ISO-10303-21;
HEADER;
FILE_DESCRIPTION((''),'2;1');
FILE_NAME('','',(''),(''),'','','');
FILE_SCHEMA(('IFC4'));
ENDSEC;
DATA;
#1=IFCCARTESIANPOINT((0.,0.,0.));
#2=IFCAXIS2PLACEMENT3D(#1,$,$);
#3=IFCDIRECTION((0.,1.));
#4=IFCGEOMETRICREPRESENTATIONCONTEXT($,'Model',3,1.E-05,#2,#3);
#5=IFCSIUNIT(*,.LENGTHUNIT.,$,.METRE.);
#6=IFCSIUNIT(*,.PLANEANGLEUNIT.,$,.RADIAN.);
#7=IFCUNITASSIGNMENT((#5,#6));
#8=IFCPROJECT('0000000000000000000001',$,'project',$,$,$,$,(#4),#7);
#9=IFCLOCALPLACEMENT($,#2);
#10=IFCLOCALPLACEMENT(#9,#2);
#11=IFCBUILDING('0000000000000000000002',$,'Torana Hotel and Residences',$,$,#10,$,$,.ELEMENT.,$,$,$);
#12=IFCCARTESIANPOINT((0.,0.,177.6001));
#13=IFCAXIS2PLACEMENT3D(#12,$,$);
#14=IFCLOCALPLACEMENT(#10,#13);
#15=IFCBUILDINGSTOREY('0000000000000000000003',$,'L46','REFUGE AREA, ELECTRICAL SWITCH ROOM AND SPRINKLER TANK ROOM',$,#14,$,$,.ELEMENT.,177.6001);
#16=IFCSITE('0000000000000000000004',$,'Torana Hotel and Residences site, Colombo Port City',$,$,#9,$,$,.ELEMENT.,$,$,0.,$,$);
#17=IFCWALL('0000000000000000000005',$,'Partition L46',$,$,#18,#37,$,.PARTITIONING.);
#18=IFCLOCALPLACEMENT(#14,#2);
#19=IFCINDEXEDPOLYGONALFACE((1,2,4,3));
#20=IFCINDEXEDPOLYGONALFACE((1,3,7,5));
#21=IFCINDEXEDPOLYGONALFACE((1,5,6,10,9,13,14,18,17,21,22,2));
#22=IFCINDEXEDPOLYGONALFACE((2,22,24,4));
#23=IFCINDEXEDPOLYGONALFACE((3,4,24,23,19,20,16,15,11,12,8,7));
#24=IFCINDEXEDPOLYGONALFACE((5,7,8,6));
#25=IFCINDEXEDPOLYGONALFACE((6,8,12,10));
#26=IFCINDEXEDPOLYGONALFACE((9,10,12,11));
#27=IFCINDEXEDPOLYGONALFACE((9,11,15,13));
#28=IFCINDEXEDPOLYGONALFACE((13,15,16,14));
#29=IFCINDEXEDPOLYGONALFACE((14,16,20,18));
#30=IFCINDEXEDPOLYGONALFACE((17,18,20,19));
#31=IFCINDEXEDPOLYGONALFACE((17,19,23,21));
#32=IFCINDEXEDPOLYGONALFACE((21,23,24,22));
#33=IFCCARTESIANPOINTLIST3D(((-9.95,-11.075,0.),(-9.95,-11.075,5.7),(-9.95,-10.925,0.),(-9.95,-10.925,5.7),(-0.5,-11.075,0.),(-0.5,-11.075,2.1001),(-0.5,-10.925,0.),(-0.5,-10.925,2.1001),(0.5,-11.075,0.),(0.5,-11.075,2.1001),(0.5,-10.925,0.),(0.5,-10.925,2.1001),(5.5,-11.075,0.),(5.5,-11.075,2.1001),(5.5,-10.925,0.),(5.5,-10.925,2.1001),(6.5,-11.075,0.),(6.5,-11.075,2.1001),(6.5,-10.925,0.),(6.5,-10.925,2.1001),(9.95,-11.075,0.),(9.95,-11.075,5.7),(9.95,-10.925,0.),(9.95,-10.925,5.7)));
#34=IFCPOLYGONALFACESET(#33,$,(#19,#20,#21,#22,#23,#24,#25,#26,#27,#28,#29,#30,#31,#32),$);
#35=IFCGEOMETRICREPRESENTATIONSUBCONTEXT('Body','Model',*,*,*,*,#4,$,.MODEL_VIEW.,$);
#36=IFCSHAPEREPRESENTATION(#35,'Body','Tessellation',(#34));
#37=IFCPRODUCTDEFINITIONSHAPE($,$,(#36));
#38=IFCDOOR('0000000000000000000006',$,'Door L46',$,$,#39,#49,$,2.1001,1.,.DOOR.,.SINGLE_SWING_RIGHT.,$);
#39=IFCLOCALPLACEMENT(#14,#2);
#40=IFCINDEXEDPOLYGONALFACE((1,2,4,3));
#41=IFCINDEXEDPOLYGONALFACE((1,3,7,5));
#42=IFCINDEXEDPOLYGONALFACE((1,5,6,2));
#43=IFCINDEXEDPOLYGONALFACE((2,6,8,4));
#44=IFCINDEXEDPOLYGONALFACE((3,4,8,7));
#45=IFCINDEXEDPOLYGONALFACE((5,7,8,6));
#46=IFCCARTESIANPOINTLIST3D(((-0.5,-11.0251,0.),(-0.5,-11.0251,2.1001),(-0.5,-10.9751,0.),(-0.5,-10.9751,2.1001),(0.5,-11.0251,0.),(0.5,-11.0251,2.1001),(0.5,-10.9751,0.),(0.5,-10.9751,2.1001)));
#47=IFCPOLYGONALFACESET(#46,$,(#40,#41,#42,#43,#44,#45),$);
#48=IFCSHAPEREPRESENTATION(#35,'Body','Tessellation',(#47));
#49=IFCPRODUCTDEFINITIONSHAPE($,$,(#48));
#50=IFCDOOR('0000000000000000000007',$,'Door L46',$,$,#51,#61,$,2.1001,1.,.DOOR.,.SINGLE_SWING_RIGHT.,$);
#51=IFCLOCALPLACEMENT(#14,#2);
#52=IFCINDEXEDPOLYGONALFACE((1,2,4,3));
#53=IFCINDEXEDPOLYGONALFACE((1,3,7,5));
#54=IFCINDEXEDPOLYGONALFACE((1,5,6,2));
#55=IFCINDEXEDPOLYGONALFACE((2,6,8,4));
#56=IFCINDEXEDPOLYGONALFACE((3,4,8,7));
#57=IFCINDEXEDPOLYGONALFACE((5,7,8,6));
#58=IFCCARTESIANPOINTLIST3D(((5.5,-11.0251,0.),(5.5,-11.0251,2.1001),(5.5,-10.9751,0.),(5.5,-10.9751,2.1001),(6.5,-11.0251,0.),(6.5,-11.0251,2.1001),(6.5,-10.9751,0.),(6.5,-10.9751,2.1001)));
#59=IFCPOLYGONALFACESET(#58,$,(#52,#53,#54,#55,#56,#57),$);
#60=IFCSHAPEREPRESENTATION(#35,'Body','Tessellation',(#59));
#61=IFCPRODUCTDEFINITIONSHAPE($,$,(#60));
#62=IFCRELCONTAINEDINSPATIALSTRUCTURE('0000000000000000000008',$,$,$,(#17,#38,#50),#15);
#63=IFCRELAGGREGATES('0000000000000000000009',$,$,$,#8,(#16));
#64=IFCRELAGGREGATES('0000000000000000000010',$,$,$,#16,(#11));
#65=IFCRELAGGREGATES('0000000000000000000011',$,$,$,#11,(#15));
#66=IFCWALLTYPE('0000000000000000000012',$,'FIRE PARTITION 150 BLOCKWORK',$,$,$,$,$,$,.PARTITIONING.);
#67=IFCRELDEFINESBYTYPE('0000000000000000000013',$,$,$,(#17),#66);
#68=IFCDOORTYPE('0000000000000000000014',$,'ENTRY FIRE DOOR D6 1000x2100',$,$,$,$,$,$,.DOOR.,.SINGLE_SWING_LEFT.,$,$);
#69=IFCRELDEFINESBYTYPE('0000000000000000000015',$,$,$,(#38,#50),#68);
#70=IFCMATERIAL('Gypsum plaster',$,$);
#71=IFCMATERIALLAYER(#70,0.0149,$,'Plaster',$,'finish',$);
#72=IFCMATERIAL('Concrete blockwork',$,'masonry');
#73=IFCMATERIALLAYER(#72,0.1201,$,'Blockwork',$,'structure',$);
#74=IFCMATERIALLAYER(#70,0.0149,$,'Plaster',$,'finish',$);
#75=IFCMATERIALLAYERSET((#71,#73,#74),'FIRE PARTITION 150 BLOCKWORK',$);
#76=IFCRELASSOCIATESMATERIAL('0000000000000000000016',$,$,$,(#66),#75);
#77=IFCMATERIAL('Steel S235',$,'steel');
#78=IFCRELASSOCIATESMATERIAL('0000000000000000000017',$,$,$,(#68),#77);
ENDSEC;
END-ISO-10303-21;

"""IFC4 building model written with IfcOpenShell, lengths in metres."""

from ifc_helpers import new_model, si_unit, direction, frame, frame_2d, origin, place, context, subcontext, project, spatial, rectangle, extrude, material, layer, layer_set, type_object, element, fill, save


model = new_model("IFC4")

# Units and contexts
model_context = context("Model", 3, precision=1e-05, world=origin(), true_north=direction((0.0, 1.0)))
body_context = subcontext(model_context, "Body", "Model", "MODEL_VIEW")
ifc_project = project(units=[si_unit("LENGTHUNIT", "METRE"), si_unit("PLANEANGLEUNIT", "RADIAN")], contexts=[model_context])

# Site, building, storey
site_placement = place(None, origin())
site = spatial("IfcSite", under=ifc_project, at=site_placement, Name="Torana Hotel and Residences site, Colombo Port City", CompositionType="ELEMENT", RefElevation=0.0)
building_placement = place(site_placement, origin())
building = spatial("IfcBuilding", under=site, at=building_placement, Name="Torana Hotel and Residences", CompositionType="ELEMENT")
storey_placement = place(building_placement, frame((0.0, 0.0, 177.6001)))
storey = spatial("IfcBuildingStorey", under=building, at=storey_placement, Name="L46", Description="REFUGE AREA, ELECTRICAL SWITCH ROOM AND SPRINKLER TANK ROOM", CompositionType="ELEMENT", Elevation=177.6001)

# Shared definitions
ifc_material_1 = material(Name="Gypsum plaster")
ifc_layer_1 = layer(ifc_material_1, 0.0149, Name="Plaster", Category="finish")
ifc_material_2 = material(Name="Concrete blockwork", Category="masonry")
ifc_layer_2 = layer(ifc_material_2, 0.1201, Name="Blockwork", Category="structure")
ifc_layer_3 = layer(ifc_material_1, 0.0149, Name="Plaster", Category="finish")
ifc_layer_set_1 = layer_set([ifc_layer_1, ifc_layer_2, ifc_layer_3], Name="FIRE PARTITION 150 BLOCKWORK")
wall_type_1 = type_object("IfcWallType", Name="FIRE PARTITION 150 BLOCKWORK", PredefinedType="PARTITIONING", material=ifc_layer_set_1)

# Shared definitions
ifc_material_3 = material(Name="Steel S235", Category="steel")
door_type_1 = type_object("IfcDoorType", Name="ENTRY FIRE DOOR D6 1000x2100", OperationType="SINGLE_SWING_LEFT", PredefinedType="DOOR", material=ifc_material_3)

# Wall, openings, doors
wall_1_placement = place(storey_placement, frame((-9.95, -11.0, 0.0), z_axis=(0.0, 0.0, 1.0), x_axis=(1.0, 0.0, 0.0)))
wall_1 = element("IfcWall", 1, at=wall_1_placement, inside=storey, type_object=wall_type_1, Name="Partition L46", PredefinedType="PARTITIONING", context=body_context, shape_type="SweptSolid", body=[
    extrude(rectangle(XDim=19.8999, YDim=0.1499, at=frame_2d((9.95, 0.0))), origin(), (0.0, 0.0, 1.0), 5.7),
])
opening_1_placement = place(wall_1_placement, frame((9.45, 0.0, 0.0)))
opening_1 = element("IfcOpeningElement", 2, at=opening_1_placement, cuts=wall_1, PredefinedType="OPENING", context=body_context, shape_type="SweptSolid", body=[
    extrude(rectangle(XDim=1.0, YDim=2.1001, at=frame_2d((0.5, 1.05))), frame((0.0, 0.085, 0.0), z_axis=(0.0, -1.0, 0.0), x_axis=(1.0, 0.0, 0.0)), (0.0, 0.0, 1.0), 0.1699),
])
opening_2_placement = place(wall_1_placement, frame((15.45, 0.0, 0.0)))
opening_2 = element("IfcOpeningElement", 3, at=opening_2_placement, cuts=wall_1, PredefinedType="OPENING", context=body_context, shape_type="SweptSolid", body=[
    extrude(rectangle(XDim=1.0, YDim=2.1001, at=frame_2d((0.5, 1.05))), frame((0.0, 0.085, 0.0), z_axis=(0.0, -1.0, 0.0), x_axis=(1.0, 0.0, 0.0)), (0.0, 0.0, 1.0), 0.1699),
])
door_1_placement = place(opening_1_placement, origin())
door_1 = element("IfcDoor", 4, at=door_1_placement, inside=storey, type_object=door_type_1, Name="Door L46", OperationType="SINGLE_SWING_RIGHT", OverallHeight=2.1001, OverallWidth=1.0, PredefinedType="DOOR", context=body_context, shape_type="SweptSolid", body=[
    extrude(rectangle(XDim=1.0, YDim=2.1001, at=frame_2d((0.5, 1.05))), frame((0.0, 0.0249, 0.0), z_axis=(0.0, -1.0, 0.0), x_axis=(1.0, 0.0, 0.0)), (0.0, 0.0, 1.0), 0.05),
])
fill(opening_1, door_1)
door_2_placement = place(opening_2_placement, origin())
door_2 = element("IfcDoor", 5, at=door_2_placement, inside=storey, type_object=door_type_1, Name="Door L46", OperationType="SINGLE_SWING_RIGHT", OverallHeight=2.1001, OverallWidth=1.0, PredefinedType="DOOR", context=body_context, shape_type="SweptSolid", body=[
    extrude(rectangle(XDim=1.0, YDim=2.1001, at=frame_2d((0.5, 1.05))), frame((0.0, 0.0249, 0.0), z_axis=(0.0, -1.0, 0.0), x_axis=(1.0, 0.0, 0.0)), (0.0, 0.0, 1.0), 0.05),
])
fill(opening_2, door_2)

save(model, "model.ifc")
